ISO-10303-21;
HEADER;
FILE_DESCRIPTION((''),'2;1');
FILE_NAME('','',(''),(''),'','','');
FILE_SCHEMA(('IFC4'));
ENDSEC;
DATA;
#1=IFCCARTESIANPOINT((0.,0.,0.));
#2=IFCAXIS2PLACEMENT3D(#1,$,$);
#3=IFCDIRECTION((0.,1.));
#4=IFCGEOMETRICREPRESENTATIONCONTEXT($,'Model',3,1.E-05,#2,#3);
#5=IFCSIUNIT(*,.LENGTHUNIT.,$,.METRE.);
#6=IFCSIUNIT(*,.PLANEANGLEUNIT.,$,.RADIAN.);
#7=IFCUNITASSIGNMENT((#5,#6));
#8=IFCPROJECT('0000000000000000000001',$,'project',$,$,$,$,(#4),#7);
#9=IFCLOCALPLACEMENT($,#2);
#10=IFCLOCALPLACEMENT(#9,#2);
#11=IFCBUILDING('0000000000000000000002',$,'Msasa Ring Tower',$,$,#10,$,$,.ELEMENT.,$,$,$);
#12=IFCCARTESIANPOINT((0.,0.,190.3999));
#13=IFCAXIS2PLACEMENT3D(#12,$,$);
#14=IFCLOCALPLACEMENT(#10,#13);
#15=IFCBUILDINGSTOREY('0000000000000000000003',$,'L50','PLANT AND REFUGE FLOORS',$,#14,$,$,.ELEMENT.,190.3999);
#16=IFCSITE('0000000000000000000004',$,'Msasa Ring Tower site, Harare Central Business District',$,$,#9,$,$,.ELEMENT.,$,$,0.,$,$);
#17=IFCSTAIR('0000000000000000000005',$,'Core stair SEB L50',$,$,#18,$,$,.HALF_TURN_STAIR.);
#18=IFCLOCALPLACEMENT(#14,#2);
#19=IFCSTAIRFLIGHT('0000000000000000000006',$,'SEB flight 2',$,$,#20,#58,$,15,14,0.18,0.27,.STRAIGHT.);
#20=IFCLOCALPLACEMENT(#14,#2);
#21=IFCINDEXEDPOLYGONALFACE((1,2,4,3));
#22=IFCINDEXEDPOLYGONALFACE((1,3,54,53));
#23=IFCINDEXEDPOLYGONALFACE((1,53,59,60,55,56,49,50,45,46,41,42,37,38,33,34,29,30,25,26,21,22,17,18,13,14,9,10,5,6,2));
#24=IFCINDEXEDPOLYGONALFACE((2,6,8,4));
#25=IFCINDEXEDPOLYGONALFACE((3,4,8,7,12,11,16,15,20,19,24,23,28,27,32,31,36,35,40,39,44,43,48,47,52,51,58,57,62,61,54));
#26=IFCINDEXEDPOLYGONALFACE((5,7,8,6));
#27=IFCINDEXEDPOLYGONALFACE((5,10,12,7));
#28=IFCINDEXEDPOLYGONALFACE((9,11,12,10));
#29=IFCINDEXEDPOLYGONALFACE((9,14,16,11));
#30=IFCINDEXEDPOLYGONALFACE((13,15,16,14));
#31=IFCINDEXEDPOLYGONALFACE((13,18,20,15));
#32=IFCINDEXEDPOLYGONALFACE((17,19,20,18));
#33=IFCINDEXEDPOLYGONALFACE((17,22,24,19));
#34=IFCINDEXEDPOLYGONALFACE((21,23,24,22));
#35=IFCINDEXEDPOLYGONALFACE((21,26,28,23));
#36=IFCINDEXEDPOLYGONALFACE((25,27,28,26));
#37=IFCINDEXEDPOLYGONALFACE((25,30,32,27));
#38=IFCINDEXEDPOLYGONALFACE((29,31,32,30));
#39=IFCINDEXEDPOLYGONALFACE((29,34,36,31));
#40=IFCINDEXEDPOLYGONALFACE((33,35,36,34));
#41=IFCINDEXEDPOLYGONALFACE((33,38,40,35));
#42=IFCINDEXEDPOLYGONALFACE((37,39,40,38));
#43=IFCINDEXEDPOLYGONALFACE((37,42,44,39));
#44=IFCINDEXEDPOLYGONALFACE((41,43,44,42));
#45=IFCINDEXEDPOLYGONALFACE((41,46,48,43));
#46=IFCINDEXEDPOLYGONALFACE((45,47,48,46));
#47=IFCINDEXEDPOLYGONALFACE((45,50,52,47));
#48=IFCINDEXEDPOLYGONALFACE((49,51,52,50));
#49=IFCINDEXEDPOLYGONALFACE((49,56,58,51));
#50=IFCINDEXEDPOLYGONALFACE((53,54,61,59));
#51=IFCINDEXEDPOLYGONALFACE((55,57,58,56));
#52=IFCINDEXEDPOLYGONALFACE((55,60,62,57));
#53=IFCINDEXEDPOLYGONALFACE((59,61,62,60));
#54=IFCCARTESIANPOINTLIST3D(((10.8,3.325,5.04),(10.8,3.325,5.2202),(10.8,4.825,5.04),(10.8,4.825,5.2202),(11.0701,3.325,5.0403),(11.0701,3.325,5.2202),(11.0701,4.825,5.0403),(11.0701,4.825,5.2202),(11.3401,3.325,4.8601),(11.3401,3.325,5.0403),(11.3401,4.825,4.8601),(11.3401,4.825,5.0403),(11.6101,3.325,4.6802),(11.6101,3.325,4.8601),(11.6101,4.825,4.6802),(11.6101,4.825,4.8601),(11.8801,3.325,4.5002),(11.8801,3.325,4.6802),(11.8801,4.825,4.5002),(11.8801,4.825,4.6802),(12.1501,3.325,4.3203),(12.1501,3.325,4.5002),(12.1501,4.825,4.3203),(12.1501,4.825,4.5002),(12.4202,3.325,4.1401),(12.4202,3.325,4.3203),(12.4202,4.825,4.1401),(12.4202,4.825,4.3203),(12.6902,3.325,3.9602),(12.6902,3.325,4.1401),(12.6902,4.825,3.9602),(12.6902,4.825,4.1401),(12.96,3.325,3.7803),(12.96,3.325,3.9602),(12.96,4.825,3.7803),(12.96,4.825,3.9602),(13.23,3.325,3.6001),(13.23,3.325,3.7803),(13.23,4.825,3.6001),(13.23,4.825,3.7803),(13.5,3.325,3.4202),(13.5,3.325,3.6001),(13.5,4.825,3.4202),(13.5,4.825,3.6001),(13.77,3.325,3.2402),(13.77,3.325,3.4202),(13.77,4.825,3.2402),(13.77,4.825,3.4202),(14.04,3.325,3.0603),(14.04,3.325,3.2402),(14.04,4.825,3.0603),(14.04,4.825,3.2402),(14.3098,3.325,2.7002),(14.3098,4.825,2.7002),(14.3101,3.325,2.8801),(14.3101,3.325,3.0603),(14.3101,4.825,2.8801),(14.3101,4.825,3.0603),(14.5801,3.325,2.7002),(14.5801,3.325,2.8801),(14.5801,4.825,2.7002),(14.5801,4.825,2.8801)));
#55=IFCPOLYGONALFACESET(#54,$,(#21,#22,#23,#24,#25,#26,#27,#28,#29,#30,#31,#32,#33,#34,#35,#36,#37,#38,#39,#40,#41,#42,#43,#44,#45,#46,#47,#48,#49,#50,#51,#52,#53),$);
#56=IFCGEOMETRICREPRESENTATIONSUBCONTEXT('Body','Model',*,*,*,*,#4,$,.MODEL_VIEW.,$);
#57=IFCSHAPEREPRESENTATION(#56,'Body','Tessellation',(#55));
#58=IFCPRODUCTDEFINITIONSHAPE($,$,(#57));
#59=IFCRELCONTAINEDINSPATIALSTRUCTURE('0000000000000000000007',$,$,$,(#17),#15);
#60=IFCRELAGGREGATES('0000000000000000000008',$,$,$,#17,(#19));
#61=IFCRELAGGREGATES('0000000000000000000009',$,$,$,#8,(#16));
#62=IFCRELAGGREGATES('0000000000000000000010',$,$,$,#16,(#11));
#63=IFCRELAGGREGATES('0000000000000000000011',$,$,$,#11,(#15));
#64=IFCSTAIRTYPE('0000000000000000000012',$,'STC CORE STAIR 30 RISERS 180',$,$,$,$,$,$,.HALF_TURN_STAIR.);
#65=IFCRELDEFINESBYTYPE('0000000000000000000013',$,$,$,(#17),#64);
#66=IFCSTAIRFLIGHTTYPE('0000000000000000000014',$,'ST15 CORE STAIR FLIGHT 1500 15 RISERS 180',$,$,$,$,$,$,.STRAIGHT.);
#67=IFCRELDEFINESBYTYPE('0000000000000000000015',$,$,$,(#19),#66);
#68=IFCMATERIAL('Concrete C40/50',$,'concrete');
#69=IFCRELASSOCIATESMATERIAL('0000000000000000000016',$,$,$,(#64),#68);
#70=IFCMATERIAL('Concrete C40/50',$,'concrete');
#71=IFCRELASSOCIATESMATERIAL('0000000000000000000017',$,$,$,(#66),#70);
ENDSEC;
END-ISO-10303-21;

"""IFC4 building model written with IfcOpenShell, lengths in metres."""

from ifc_helpers import new_model, si_unit, direction, frame, origin, place, context, subcontext, project, spatial, polyline, outline, extrude, material, type_object, element, aggregate, save


model = new_model("IFC4")

# Units and contexts
model_context = context("Model", 3, precision=1e-05, world=origin(), true_north=direction((0.0, 1.0)))
body_context = subcontext(model_context, "Body", "Model", "MODEL_VIEW")
ifc_project = project(units=[si_unit("LENGTHUNIT", "METRE"), si_unit("PLANEANGLEUNIT", "RADIAN")], contexts=[model_context])

# Site, building, storey
site_placement = place(None, origin())
site = spatial("IfcSite", under=ifc_project, at=site_placement, Name="Msasa Ring Tower site, Harare Central Business District", CompositionType="ELEMENT", RefElevation=0.0)
building_placement = place(site_placement, origin())
building = spatial("IfcBuilding", under=site, at=building_placement, Name="Msasa Ring Tower", CompositionType="ELEMENT")
storey_placement = place(building_placement, frame((0.0, 0.0, 190.3999)))
storey = spatial("IfcBuildingStorey", under=building, at=storey_placement, Name="L50", Description="PLANT AND REFUGE FLOORS", CompositionType="ELEMENT", Elevation=190.3999)

# Stair, stair flight
ifc_material_1 = material(Name="Concrete C40/50", Category="concrete")
stair_type = type_object("IfcStairType", Name="STC CORE STAIR 30 RISERS 180", PredefinedType="HALF_TURN_STAIR", material=ifc_material_1)
stair_placement = place(storey_placement, origin())
stair = element("IfcStair", 1, at=stair_placement, inside=storey, type_object=stair_type, Name="Core stair SEB L50", PredefinedType="HALF_TURN_STAIR")
ifc_material_2 = material(Name="Concrete C40/50", Category="concrete")
stair_flight_type = type_object("IfcStairFlightType", Name="ST15 CORE STAIR FLIGHT 1500 15 RISERS 180", PredefinedType="STRAIGHT", material=ifc_material_2)
stair_flight_placement = place(storey_placement, frame((14.5801, 4.075, 2.7002), z_axis=(0.0, 0.0, 1.0), x_axis=(-1.0, 0.0, 0.0)))
stair_flight = element("IfcStairFlight", 2, at=stair_flight_placement, type_object=stair_flight_type, Name="SEB flight 2", NumberOfRisers=15, NumberOfTreads=14, PredefinedType="STRAIGHT", RiserHeight=0.18, TreadLength=0.27, context=body_context, shape_type="SweptSolid", body=[
    extrude(outline(polyline([(0.0, 0.0), (0.0, 0.1799), (0.27, 0.1799), (0.27, 0.3601), (0.54, 0.3601), (0.54, 0.54), (0.8101, 0.54), (0.8101, 0.72), (1.0801, 0.72), (1.0801, 0.8999), (1.3501, 0.8999), (1.3501, 1.0801), (1.6201, 1.0801), (1.6201, 1.26), (1.8899, 1.26), (1.8899, 1.4399), (2.1599, 1.4399), (2.1599, 1.6201), (2.4299, 1.6201), (2.4299, 1.8), (2.7, 1.8), (2.7, 1.98), (2.97, 1.98), (2.97, 2.1599), (3.24, 2.1599), (3.24, 2.3401), (3.51, 2.3401), (3.51, 2.52), (3.78, 2.52), (3.78, 2.7), (3.78, 2.3398), (0.2703, 0.0), (0.0, 0.0)])), frame((0.0, 0.75, 0.0), z_axis=(0.0, -1.0, 0.0), x_axis=(1.0, 0.0, 0.0)), (0.0, 0.0, 1.0), 1.5),
])
aggregate(stair, [stair_flight])

save(model, "model.ifc")
